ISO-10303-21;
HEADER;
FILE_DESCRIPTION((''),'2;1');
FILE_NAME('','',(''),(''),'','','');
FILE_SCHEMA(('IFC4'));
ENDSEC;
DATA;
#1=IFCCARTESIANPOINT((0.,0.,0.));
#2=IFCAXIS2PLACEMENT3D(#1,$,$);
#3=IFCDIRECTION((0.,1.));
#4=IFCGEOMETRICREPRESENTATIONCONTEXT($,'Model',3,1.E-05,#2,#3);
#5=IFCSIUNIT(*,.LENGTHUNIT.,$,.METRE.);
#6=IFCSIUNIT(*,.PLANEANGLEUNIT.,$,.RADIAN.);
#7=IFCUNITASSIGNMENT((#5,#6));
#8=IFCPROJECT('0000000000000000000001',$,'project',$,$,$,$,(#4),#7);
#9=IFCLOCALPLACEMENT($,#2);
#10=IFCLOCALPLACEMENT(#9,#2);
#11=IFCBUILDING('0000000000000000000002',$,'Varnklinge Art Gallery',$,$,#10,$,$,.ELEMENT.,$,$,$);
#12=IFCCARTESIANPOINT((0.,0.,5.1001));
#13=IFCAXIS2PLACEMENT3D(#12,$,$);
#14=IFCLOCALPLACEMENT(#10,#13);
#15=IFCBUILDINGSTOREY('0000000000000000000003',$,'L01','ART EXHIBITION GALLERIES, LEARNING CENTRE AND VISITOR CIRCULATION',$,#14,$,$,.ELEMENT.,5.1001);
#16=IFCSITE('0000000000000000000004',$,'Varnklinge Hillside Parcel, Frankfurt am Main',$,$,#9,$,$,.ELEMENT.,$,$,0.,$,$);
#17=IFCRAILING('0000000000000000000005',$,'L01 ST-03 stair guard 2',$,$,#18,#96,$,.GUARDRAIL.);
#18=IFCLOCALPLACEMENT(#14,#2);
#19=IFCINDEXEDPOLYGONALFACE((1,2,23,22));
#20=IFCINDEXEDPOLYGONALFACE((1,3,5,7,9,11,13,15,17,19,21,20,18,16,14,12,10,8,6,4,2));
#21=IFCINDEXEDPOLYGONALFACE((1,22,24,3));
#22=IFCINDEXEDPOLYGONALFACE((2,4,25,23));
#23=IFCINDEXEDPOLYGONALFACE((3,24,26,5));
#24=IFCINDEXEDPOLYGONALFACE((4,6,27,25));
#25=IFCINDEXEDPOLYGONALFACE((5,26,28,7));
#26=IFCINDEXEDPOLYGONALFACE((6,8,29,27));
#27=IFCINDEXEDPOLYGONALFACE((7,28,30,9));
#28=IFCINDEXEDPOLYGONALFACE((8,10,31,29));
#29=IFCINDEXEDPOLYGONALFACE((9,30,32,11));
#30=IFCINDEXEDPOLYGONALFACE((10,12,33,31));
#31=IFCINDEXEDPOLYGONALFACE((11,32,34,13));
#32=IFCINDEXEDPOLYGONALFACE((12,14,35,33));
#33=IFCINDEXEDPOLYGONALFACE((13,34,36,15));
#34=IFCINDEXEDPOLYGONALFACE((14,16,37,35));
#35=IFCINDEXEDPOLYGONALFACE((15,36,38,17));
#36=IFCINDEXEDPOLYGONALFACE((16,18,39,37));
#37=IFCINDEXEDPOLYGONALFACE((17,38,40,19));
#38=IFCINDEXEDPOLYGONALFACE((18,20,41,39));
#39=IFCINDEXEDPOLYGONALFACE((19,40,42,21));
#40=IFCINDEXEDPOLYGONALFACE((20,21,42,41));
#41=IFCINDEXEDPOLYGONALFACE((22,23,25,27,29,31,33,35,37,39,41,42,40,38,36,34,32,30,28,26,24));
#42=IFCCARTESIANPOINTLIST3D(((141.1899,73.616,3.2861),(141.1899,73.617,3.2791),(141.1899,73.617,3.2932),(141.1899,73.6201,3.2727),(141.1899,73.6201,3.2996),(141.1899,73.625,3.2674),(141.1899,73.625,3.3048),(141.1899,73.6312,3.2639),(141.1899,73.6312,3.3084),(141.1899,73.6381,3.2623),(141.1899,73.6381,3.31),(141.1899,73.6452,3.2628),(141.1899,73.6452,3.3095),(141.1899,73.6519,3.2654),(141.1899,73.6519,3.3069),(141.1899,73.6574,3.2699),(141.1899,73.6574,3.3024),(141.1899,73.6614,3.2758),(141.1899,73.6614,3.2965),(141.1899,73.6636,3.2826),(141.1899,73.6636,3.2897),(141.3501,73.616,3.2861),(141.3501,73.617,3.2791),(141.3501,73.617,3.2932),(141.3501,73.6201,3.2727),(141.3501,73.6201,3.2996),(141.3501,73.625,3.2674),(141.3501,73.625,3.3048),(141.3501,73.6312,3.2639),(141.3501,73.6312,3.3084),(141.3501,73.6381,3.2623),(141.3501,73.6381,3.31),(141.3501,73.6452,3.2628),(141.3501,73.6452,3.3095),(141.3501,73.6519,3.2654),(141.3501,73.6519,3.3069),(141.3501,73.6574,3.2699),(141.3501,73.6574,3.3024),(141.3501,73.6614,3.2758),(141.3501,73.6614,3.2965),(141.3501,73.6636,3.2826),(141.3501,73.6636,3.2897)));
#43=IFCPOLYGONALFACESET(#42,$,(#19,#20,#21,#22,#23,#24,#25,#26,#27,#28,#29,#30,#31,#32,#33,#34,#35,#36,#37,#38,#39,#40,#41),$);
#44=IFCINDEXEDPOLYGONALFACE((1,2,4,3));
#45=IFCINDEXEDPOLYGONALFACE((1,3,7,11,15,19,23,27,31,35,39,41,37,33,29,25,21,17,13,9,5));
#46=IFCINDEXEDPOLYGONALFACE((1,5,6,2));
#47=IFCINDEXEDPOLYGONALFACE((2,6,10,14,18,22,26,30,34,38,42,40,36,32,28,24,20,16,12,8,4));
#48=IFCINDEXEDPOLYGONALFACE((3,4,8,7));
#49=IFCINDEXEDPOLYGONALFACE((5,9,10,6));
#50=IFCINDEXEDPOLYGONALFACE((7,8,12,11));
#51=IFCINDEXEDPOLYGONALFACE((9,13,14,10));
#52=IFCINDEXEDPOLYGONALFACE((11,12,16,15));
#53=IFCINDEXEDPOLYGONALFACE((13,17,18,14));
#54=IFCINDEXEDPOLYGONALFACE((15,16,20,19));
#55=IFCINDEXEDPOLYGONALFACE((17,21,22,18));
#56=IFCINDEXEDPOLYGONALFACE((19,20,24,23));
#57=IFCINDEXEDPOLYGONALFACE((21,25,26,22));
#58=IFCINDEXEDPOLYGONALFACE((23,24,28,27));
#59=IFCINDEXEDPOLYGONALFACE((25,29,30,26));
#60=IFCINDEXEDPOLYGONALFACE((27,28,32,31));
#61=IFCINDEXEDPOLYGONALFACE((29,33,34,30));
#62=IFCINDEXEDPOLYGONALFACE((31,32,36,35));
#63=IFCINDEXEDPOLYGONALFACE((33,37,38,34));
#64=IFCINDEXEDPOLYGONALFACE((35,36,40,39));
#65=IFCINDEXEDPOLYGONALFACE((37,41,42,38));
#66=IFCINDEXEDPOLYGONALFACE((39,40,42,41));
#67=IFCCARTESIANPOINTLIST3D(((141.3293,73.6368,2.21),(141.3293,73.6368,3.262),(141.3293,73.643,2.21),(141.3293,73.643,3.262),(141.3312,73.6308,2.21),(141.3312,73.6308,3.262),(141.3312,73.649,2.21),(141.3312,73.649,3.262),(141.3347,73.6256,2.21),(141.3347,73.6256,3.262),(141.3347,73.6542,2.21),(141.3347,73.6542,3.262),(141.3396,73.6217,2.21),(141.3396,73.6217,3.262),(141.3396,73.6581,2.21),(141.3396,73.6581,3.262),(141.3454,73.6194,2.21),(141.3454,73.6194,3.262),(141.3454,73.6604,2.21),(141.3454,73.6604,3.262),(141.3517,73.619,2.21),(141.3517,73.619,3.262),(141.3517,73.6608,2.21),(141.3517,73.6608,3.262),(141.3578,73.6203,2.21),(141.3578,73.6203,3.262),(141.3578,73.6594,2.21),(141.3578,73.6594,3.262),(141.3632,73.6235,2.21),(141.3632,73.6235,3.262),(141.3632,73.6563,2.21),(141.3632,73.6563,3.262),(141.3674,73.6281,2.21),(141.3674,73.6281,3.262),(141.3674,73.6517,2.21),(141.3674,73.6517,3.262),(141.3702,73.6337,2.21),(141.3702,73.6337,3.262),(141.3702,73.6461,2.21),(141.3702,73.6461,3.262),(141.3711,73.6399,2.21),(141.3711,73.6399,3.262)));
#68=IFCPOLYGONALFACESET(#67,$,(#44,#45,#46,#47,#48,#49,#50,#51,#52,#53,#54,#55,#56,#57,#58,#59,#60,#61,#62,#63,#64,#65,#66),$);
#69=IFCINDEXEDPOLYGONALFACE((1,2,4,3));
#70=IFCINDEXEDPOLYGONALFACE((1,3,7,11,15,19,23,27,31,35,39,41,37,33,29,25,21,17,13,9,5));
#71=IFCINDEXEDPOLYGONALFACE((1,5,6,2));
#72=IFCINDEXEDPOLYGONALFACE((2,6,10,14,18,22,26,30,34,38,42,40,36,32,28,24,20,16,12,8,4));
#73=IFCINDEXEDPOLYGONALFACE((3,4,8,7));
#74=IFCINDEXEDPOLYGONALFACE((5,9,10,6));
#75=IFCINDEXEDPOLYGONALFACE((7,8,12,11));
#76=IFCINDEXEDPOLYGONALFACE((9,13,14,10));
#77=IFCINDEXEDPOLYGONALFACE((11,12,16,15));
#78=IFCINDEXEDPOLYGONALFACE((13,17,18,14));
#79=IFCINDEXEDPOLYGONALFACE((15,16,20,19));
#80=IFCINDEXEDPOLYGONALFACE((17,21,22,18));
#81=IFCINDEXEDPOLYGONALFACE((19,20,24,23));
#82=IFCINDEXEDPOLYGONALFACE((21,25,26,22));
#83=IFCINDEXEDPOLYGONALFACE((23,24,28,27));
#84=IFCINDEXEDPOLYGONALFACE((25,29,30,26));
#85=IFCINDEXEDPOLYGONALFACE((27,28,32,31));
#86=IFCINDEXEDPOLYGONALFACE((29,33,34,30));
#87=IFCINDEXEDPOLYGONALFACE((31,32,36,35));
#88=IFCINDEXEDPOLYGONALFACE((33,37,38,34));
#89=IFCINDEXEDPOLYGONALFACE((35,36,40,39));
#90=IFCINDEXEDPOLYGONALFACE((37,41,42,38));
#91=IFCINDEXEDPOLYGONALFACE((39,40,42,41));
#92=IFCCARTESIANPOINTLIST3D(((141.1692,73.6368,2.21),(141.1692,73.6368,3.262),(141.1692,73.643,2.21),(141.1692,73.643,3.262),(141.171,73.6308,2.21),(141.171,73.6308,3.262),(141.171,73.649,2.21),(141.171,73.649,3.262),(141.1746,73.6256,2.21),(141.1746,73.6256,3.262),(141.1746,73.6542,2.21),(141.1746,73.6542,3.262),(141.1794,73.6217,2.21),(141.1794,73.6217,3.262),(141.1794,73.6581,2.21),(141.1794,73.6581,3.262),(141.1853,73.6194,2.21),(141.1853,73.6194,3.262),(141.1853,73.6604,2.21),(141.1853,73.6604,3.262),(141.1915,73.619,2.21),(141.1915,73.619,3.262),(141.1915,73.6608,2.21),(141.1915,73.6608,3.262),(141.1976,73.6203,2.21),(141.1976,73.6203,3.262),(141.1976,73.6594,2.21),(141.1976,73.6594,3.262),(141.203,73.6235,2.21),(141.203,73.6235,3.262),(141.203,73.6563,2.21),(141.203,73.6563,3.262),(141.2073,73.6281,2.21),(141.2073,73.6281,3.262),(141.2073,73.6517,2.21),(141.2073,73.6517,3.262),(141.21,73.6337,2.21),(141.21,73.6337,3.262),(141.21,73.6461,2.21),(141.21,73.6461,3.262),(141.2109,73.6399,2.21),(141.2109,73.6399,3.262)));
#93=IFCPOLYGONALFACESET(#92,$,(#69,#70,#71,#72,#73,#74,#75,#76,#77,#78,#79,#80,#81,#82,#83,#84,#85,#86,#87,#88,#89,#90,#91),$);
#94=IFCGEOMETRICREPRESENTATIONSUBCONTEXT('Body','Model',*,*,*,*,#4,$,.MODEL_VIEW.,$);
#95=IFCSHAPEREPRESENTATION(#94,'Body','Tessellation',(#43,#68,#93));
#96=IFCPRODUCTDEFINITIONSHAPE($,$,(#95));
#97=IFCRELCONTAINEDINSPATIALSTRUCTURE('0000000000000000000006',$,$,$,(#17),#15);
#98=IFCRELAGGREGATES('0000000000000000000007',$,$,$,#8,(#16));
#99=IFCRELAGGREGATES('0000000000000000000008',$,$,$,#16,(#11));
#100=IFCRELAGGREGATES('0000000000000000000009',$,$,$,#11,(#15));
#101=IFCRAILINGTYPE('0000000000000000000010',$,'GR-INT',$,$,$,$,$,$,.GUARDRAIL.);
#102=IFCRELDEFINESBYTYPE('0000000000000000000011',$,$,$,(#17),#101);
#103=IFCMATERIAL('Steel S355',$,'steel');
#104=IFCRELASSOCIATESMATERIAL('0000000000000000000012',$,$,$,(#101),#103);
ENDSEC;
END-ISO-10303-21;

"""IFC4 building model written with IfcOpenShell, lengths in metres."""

from ifc_helpers import new_model, si_unit, direction, frame, origin, origin_2d, place, context, subcontext, project, spatial, circle, extrude, material, type_object, element, save


model = new_model("IFC4")

# Units and contexts
model_context = context("Model", 3, precision=1e-05, world=origin(), true_north=direction((0.0, 1.0)))
body_context = subcontext(model_context, "Body", "Model", "MODEL_VIEW")
ifc_project = project(units=[si_unit("LENGTHUNIT", "METRE"), si_unit("PLANEANGLEUNIT", "RADIAN")], contexts=[model_context])

# Site, building, storey
site_placement = place(None, origin())
site = spatial("IfcSite", under=ifc_project, at=site_placement, Name="Varnklinge Hillside Parcel, Frankfurt am Main", CompositionType="ELEMENT", RefElevation=0.0)
building_placement = place(site_placement, origin())
building = spatial("IfcBuilding", under=site, at=building_placement, Name="Varnklinge Art Gallery", CompositionType="ELEMENT")
storey_placement = place(building_placement, frame((0.0, 0.0, 5.1001)))
storey = spatial("IfcBuildingStorey", under=building, at=storey_placement, Name="L01", Description="ART EXHIBITION GALLERIES, LEARNING CENTRE AND VISITOR CIRCULATION", CompositionType="ELEMENT", Elevation=5.1001)

# Railing
ifc_material_1 = material(Name="Steel S355", Category="steel")
railing_type_1 = type_object("IfcRailingType", Name="GR-INT", PredefinedType="GUARDRAIL", material=ifc_material_1)
railing_1_placement = place(storey_placement, frame((141.3501, 73.6399, 2.21)))
element("IfcRailing", 1, at=railing_1_placement, inside=storey, type_object=railing_type_1, Name="L01 ST-03 stair guard 2", PredefinedType="GUARDRAIL", context=body_context, shape_type="SweptSolid", body=[
    extrude(circle(Radius=0.0239, at=origin_2d()), frame((0.0, 0.0, 1.0762), z_axis=(-1.0, 0.0, 0.0), x_axis=(0.0, -1.0, 0.0)), (0.0, 0.0, 1.0), 0.1602),
    extrude(circle(Radius=0.021, at=origin_2d()), origin(), (0.0, 0.0, 1.0), 1.052),
    extrude(circle(Radius=0.021, at=origin_2d()), frame((-0.1602, 0.0, 0.0)), (0.0, 0.0, 1.0), 1.052),
])

save(model, "model.ifc")
